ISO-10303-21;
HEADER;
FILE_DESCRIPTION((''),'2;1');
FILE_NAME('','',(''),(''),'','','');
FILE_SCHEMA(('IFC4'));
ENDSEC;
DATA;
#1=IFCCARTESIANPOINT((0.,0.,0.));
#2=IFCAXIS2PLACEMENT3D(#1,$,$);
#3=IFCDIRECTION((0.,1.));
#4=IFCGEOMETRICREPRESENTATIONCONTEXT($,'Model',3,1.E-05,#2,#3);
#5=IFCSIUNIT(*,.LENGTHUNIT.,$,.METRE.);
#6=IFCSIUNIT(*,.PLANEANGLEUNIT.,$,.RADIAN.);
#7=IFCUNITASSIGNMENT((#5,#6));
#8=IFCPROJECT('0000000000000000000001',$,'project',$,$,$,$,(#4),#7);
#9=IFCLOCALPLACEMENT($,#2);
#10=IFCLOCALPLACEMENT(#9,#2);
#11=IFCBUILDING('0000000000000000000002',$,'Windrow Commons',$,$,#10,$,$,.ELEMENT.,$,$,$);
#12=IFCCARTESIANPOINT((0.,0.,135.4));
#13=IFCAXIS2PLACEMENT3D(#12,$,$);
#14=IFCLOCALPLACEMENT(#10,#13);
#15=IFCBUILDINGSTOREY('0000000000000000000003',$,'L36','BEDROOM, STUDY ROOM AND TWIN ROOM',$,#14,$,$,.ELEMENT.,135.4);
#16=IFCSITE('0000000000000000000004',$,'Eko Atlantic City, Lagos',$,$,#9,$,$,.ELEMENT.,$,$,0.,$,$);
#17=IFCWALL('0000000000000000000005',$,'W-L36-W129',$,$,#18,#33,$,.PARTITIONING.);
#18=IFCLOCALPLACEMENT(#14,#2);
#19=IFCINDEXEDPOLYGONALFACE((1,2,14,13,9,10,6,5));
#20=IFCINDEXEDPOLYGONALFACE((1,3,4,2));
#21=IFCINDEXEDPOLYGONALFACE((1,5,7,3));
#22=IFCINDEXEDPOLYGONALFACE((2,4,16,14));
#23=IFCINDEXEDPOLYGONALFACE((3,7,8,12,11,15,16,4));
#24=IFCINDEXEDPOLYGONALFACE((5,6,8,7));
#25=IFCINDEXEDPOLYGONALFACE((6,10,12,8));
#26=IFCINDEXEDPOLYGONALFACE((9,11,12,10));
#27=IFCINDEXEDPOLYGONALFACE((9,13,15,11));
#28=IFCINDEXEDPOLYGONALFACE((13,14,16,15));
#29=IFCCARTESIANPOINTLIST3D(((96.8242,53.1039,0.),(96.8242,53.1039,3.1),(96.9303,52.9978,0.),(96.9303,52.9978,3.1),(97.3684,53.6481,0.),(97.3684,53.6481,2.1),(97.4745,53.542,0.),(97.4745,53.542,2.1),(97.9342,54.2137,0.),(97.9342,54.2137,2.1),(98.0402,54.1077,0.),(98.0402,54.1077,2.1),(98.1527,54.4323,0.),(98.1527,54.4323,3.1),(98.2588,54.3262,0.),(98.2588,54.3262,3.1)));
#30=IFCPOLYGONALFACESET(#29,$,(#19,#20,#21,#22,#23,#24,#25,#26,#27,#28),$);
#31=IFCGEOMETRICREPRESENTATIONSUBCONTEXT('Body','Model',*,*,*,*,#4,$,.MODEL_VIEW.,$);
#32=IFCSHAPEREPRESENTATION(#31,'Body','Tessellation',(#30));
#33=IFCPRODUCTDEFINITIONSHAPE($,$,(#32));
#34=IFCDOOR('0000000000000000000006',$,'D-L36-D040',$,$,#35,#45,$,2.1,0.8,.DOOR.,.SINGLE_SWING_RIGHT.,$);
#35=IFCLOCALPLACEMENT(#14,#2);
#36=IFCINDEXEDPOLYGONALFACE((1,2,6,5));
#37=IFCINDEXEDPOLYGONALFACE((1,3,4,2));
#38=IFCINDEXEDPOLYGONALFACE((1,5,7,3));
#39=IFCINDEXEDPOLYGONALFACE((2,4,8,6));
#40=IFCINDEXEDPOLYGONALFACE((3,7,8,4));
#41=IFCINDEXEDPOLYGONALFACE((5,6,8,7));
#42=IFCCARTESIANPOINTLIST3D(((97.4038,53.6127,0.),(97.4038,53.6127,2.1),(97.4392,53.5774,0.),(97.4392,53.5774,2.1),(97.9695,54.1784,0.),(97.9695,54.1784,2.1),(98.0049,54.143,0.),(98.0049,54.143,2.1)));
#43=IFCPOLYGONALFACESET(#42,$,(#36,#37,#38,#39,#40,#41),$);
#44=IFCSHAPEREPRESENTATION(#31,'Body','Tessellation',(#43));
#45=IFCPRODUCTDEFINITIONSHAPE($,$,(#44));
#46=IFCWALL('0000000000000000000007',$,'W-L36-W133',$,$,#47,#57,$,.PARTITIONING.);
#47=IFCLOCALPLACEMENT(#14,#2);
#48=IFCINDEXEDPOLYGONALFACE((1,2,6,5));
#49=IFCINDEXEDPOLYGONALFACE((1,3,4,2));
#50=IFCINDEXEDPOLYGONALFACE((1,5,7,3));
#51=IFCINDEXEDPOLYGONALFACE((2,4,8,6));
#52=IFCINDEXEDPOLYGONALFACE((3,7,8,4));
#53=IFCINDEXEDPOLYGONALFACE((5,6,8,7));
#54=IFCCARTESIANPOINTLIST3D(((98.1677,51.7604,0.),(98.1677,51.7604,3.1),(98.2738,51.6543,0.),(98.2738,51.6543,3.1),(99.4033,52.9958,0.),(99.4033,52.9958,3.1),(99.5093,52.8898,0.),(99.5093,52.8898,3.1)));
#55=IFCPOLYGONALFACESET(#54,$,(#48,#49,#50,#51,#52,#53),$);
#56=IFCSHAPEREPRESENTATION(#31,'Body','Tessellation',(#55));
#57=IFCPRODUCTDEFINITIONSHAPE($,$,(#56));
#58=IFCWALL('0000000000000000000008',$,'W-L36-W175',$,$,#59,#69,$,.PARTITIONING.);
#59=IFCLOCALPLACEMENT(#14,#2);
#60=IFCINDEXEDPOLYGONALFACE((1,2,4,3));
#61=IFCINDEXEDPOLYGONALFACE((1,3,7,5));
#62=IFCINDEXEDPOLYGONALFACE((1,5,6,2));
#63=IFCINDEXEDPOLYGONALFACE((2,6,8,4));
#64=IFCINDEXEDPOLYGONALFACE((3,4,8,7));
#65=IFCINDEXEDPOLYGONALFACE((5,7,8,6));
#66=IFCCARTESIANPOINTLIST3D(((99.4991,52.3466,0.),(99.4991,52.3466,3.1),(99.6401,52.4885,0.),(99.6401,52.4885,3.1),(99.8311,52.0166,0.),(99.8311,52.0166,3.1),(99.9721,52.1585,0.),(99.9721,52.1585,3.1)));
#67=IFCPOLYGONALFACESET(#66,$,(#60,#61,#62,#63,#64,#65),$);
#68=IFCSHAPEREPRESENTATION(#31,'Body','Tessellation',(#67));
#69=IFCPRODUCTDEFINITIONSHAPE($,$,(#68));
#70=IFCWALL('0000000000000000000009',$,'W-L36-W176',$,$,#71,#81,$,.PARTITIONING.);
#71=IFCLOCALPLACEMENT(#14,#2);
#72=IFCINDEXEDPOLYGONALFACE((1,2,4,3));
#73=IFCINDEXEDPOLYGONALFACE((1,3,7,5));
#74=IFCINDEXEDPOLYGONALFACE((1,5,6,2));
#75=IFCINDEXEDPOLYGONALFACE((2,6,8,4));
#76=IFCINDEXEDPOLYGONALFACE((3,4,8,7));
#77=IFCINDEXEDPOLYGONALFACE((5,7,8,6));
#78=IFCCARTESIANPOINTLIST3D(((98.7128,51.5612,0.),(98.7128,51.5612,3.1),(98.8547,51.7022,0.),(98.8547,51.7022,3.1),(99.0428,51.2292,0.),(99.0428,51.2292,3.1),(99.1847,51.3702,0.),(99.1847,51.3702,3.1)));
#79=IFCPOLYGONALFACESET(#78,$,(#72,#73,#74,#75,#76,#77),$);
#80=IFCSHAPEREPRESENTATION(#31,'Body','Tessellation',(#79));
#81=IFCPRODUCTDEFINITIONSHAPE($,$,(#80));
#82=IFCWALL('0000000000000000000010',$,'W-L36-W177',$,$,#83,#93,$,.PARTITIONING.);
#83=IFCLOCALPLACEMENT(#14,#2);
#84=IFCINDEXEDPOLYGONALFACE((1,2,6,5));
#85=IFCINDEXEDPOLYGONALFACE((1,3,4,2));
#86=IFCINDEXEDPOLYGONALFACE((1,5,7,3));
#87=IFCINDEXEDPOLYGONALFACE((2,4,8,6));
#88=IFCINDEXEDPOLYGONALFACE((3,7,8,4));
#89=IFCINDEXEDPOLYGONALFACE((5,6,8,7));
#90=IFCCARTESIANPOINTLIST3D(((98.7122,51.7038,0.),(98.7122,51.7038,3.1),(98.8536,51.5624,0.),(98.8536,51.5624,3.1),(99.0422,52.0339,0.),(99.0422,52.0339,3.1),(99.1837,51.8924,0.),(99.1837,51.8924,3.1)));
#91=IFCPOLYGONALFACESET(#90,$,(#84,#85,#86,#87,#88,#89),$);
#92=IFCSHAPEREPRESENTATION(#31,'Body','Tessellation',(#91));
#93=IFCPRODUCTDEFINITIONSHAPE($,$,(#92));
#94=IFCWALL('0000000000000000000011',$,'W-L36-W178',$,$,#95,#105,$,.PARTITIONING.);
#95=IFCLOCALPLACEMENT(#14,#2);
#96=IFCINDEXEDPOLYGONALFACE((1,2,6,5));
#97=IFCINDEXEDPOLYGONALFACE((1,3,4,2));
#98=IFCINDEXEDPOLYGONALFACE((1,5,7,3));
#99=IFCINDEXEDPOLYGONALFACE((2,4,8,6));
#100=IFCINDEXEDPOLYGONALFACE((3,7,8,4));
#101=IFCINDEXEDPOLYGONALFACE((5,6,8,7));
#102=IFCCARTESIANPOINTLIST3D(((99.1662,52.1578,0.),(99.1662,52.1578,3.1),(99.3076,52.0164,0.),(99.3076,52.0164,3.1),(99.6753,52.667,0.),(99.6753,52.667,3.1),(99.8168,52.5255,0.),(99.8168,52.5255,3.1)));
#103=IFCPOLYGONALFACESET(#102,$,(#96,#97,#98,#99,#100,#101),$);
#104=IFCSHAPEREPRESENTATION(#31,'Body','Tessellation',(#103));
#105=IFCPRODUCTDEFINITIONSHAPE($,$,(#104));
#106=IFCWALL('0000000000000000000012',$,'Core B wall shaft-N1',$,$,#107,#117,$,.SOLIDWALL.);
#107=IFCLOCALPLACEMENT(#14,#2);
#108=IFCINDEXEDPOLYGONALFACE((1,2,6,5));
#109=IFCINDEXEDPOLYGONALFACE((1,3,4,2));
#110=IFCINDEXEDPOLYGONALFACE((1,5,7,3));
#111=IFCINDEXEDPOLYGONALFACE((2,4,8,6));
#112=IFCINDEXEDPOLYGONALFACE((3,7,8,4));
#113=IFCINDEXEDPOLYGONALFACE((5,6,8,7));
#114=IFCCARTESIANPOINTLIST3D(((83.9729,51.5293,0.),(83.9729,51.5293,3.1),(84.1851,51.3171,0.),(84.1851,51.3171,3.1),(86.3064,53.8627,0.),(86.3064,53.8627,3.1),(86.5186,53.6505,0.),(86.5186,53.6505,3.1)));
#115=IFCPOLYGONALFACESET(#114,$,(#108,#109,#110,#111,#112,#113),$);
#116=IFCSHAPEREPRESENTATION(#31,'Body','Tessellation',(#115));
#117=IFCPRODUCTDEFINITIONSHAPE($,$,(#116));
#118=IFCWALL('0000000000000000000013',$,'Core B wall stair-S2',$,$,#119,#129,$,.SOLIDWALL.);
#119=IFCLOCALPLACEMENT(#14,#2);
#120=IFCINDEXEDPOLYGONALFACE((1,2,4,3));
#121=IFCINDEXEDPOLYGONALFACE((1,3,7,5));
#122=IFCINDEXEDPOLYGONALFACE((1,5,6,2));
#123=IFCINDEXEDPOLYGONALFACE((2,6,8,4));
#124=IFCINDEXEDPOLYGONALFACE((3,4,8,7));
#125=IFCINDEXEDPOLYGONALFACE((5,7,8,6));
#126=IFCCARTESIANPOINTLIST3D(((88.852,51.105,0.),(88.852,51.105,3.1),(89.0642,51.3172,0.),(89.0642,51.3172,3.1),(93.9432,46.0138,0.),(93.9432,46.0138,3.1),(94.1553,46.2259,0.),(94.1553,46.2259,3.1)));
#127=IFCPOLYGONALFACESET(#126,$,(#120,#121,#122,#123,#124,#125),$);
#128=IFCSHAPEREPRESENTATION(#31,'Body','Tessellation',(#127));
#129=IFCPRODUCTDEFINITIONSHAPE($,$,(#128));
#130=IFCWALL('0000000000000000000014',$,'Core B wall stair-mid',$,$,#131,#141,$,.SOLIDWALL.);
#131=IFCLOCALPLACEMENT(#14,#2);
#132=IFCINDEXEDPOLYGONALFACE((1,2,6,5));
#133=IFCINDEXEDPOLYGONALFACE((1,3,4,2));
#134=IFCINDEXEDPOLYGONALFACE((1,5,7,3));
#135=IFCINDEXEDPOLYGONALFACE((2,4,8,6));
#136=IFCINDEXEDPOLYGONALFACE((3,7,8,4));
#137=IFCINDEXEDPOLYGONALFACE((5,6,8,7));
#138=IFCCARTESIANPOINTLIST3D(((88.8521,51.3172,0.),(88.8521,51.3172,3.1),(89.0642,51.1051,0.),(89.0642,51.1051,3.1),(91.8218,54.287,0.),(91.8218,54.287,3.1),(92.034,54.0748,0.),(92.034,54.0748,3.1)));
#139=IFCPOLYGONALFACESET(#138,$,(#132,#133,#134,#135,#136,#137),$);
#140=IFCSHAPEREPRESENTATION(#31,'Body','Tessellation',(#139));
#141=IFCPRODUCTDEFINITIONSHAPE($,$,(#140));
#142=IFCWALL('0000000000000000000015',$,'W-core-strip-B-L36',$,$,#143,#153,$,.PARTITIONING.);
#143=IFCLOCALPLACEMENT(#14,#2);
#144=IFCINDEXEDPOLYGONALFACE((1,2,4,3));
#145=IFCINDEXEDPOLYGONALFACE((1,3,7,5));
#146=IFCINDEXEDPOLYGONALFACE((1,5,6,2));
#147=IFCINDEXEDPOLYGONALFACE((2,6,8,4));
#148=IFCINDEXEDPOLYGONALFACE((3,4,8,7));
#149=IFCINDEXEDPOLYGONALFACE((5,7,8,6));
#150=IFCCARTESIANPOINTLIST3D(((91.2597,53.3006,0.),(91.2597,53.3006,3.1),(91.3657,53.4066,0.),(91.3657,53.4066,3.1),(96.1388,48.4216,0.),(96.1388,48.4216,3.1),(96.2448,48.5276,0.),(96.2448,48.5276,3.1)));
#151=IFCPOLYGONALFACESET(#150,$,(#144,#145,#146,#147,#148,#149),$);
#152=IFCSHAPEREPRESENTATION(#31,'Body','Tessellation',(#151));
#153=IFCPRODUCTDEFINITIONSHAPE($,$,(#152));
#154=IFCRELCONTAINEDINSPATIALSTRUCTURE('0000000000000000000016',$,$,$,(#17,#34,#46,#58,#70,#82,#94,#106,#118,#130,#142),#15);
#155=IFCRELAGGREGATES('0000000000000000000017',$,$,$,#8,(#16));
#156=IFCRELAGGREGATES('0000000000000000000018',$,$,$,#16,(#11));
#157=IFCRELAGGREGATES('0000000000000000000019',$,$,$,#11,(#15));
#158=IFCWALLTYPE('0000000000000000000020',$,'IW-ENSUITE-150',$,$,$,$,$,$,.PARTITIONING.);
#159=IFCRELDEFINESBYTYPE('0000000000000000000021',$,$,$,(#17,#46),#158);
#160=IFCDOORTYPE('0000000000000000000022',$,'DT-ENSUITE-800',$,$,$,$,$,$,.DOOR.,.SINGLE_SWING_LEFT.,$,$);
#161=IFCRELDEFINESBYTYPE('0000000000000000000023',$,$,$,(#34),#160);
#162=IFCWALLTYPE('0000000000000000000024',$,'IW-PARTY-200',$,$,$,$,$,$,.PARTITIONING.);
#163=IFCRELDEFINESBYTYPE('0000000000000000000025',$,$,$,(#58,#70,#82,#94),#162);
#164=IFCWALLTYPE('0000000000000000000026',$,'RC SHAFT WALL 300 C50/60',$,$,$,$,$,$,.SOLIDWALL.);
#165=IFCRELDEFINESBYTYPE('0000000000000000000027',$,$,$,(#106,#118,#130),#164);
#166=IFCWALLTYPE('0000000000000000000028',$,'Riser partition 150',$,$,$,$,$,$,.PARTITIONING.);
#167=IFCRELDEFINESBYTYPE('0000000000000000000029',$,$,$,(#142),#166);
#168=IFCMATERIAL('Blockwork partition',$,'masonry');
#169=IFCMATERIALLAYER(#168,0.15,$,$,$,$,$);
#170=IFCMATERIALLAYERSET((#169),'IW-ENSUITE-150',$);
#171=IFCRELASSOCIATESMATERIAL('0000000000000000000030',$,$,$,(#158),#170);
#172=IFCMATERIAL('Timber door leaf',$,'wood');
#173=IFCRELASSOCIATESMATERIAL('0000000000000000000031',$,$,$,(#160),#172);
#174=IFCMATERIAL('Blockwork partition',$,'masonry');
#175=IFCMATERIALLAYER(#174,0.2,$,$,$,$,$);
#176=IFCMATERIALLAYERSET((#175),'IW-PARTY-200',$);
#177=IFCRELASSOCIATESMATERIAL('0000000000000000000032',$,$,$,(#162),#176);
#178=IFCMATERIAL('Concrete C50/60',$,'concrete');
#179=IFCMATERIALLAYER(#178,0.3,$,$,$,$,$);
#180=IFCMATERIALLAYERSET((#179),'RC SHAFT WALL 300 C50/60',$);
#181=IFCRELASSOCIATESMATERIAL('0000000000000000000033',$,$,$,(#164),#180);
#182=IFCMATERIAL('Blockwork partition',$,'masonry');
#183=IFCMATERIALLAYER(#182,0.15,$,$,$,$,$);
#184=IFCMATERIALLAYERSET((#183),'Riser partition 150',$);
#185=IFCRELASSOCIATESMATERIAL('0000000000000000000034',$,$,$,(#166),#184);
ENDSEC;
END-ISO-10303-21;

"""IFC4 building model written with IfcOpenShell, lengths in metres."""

from ifc_helpers import new_model, si_unit, direction, frame, frame_2d, origin, place, context, subcontext, project, spatial, rectangle, extrude, material, layer, layer_set, type_object, element, fill, save


model = new_model("IFC4")

# Units and contexts
model_context = context("Model", 3, precision=1e-05, world=origin(), true_north=direction((0.0, 1.0)))
body_context = subcontext(model_context, "Body", "Model", "MODEL_VIEW")
ifc_project = project(units=[si_unit("LENGTHUNIT", "METRE"), si_unit("PLANEANGLEUNIT", "RADIAN")], contexts=[model_context])

# Site, building, storey
site_placement = place(None, origin())
site = spatial("IfcSite", under=ifc_project, at=site_placement, Name="Eko Atlantic City, Lagos", CompositionType="ELEMENT", RefElevation=0.0)
building_placement = place(site_placement, origin())
building = spatial("IfcBuilding", under=site, at=building_placement, Name="Windrow Commons", CompositionType="ELEMENT")
storey_placement = place(building_placement, frame((0.0, 0.0, 135.4)))
storey = spatial("IfcBuildingStorey", under=building, at=storey_placement, Name="L36", Description="BEDROOM, STUDY ROOM AND TWIN ROOM", CompositionType="ELEMENT", Elevation=135.4)

# Wall, opening, door
ifc_material_1 = material(Name="Blockwork partition", Category="masonry")
ifc_layer_1 = layer(ifc_material_1, 0.15)
ifc_layer_set_1 = layer_set([ifc_layer_1], Name="IW-ENSUITE-150")
wall_type_1 = type_object("IfcWallType", Name="IW-ENSUITE-150", PredefinedType="PARTITIONING", material=ifc_layer_set_1)
wall_1_placement = place(storey_placement, frame((96.8772, 53.0508, 0.0), z_axis=(0.0, 0.0, 1.0), x_axis=(0.707133, 0.70708, 0.0)))
wall_1 = element("IfcWall", 1, at=wall_1_placement, inside=storey, type_object=wall_type_1, Name="W-L36-W129", PredefinedType="PARTITIONING", context=body_context, shape_type="SweptSolid", body=[
    extrude(rectangle(XDim=1.8787, YDim=0.15, at=frame_2d((0.9394, 0.0))), origin(), (0.0, 0.0, 1.0), 3.1),
])
opening_1_placement = place(wall_1_placement, frame((0.7697, 0.0, 0.0)))
opening_1 = element("IfcOpeningElement", 2, at=opening_1_placement, cuts=wall_1, PredefinedType="OPENING", context=body_context, shape_type="SweptSolid", body=[
    extrude(rectangle(XDim=0.8, YDim=2.1, at=frame_2d((0.4, 1.05))), frame((0.0, 0.085, 0.0), z_axis=(0.0, -1.0, 0.0), x_axis=(1.0, 0.0, 0.0)), (0.0, 0.0, 1.0), 0.17),
])
ifc_material_2 = material(Name="Timber door leaf", Category="wood")
door_type = type_object("IfcDoorType", Name="DT-ENSUITE-800", OperationType="SINGLE_SWING_LEFT", PredefinedType="DOOR", material=ifc_material_2)
door_placement = place(opening_1_placement, origin())
door = element("IfcDoor", 3, at=door_placement, inside=storey, type_object=door_type, Name="D-L36-D040", OperationType="SINGLE_SWING_RIGHT", OverallHeight=2.1, OverallWidth=0.8, PredefinedType="DOOR", context=body_context, shape_type="SweptSolid", body=[
    extrude(rectangle(XDim=0.8, YDim=2.1, at=frame_2d((0.4, 1.05))), frame((0.0, 0.025, 0.0), z_axis=(0.0, -1.0, 0.0), x_axis=(1.0, 0.0, 0.0)), (0.0, 0.0, 1.0), 0.05),
])
fill(opening_1, door)

# Walls
wall_2_placement = place(storey_placement, frame((98.2207, 51.7073, 0.0), z_axis=(0.0, 0.0, 1.0), x_axis=(0.707135, 0.707078, 0.0)))
element("IfcWall", 4, at=wall_2_placement, inside=storey, type_object=wall_type_1, Name="W-L36-W133", PredefinedType="PARTITIONING", context=body_context, shape_type="SweptSolid", body=[
    extrude(rectangle(XDim=1.7473, YDim=0.15, at=frame_2d((0.8737, 0.0))), origin(), (0.0, 0.0, 1.0), 3.1),
])
ifc_material_3 = material(Name="Blockwork partition", Category="masonry")
ifc_layer_2 = layer(ifc_material_3, 0.2)
ifc_layer_set_2 = layer_set([ifc_layer_2], Name="IW-PARTY-200")
wall_type_2 = type_object("IfcWallType", Name="IW-PARTY-200", PredefinedType="PARTITIONING", material=ifc_layer_set_2)
for number, where, z_axis, x_axis, name in (
    (5, (99.5696, 52.4176, 0.0), (0.0, 0.0, 1.0), (0.70924, -0.704967, 0.0), "W-L36-W175"),
    (6, (98.7837, 51.6317, 0.0), (0.0, 0.0, 1.0), (0.704967, -0.70924, 0.0), "W-L36-W176"),
):
    element("IfcWall", number, at=place(storey_placement, frame(where, z_axis=z_axis, x_axis=x_axis)), inside=storey, type_object=wall_type_2, Name=name, PredefinedType="PARTITIONING", context=body_context, shape_type="SweptSolid", body=[
        extrude(rectangle(XDim=0.4681, YDim=0.2, at=frame_2d((0.2341, 0.0))), origin(), (0.0, 0.0, 1.0), 3.1),
    ])
wall_3_placement = place(storey_placement, frame((98.7829, 51.6331, 0.0), z_axis=(0.0, 0.0, 1.0), x_axis=(0.707107, 0.707107, 0.0)))
element("IfcWall", 7, at=wall_3_placement, inside=storey, type_object=wall_type_2, Name="W-L36-W177", PredefinedType="PARTITIONING", context=body_context, shape_type="SweptSolid", body=[
    extrude(rectangle(XDim=0.4667, YDim=0.2, at=frame_2d((0.2334, 0.0))), origin(), (0.0, 0.0, 1.0), 3.1),
])
wall_4_placement = place(storey_placement, frame((99.2369, 52.0871, 0.0), z_axis=(0.0, 0.0, 1.0), x_axis=(0.707107, 0.707107, 0.0)))
element("IfcWall", 8, at=wall_4_placement, inside=storey, type_object=wall_type_2, Name="W-L36-W178", PredefinedType="PARTITIONING", context=body_context, shape_type="SweptSolid", body=[
    extrude(rectangle(XDim=0.7201, YDim=0.2, at=frame_2d((0.36, 0.0))), origin(), (0.0, 0.0, 1.0), 3.1),
])
ifc_material_4 = material(Name="Concrete C50/60", Category="concrete")
ifc_layer_3 = layer(ifc_material_4, 0.3)
ifc_layer_set_3 = layer_set([ifc_layer_3], Name="RC SHAFT WALL 300 C50/60")
wall_type_3 = type_object("IfcWallType", Name="RC SHAFT WALL 300 C50/60", PredefinedType="SOLIDWALL", material=ifc_layer_set_3)
wall_5_placement = place(storey_placement, frame((84.079, 51.4232, 0.0), z_axis=(0.0, 0.0, 1.0), x_axis=(0.707122, 0.707092, 0.0)))
element("IfcWall", 9, at=wall_5_placement, inside=storey, type_object=wall_type_3, Name="Core B wall shaft-N1", PredefinedType="SOLIDWALL", context=body_context, shape_type="SweptSolid", body=[
    extrude(rectangle(XDim=3.3, YDim=0.3, at=frame_2d((1.65, 0.0))), origin(), (0.0, 0.0, 1.0), 3.1),
])
wall_6_placement = place(storey_placement, frame((88.9581, 51.2111, 0.0), z_axis=(0.0, 0.0, 1.0), x_axis=(0.7071, -0.707114, 0.0)))
element("IfcWall", 10, at=wall_6_placement, inside=storey, type_object=wall_type_3, Name="Core B wall stair-S2", PredefinedType="SOLIDWALL", context=body_context, shape_type="SweptSolid", body=[
    extrude(rectangle(XDim=7.2, YDim=0.3, at=frame_2d((3.6, 0.0))), origin(), (0.0, 0.0, 1.0), 3.1),
])
wall_7_placement = place(storey_placement, frame((88.9581, 51.2111, 0.0), z_axis=(0.0, 0.0, 1.0), x_axis=(0.707107, 0.707107, 0.0)))
element("IfcWall", 11, at=wall_7_placement, inside=storey, type_object=wall_type_3, Name="Core B wall stair-mid", PredefinedType="SOLIDWALL", context=body_context, shape_type="SweptSolid", body=[
    extrude(rectangle(XDim=4.1999, YDim=0.3, at=frame_2d((2.1, 0.0))), origin(), (0.0, 0.0, 1.0), 3.1),
])
ifc_material_5 = material(Name="Blockwork partition", Category="masonry")
ifc_layer_4 = layer(ifc_material_5, 0.15)
ifc_layer_set_4 = layer_set([ifc_layer_4], Name="Riser partition 150")
wall_type_4 = type_object("IfcWallType", Name="Riser partition 150", PredefinedType="PARTITIONING", material=ifc_layer_set_4)
wall_8_placement = place(storey_placement, frame((91.3127, 53.3536, 0.0), z_axis=(0.0, 0.0, 1.0), x_axis=(0.707114, -0.7071, 0.0)))
element("IfcWall", 12, at=wall_8_placement, inside=storey, type_object=wall_type_4, Name="W-core-strip-B-L36", PredefinedType="PARTITIONING", context=body_context, shape_type="SweptSolid", body=[
    extrude(rectangle(XDim=6.9, YDim=0.15, at=frame_2d((3.45, 0.0))), origin(), (0.0, 0.0, 1.0), 3.1),
])

save(model, "model.ifc")
